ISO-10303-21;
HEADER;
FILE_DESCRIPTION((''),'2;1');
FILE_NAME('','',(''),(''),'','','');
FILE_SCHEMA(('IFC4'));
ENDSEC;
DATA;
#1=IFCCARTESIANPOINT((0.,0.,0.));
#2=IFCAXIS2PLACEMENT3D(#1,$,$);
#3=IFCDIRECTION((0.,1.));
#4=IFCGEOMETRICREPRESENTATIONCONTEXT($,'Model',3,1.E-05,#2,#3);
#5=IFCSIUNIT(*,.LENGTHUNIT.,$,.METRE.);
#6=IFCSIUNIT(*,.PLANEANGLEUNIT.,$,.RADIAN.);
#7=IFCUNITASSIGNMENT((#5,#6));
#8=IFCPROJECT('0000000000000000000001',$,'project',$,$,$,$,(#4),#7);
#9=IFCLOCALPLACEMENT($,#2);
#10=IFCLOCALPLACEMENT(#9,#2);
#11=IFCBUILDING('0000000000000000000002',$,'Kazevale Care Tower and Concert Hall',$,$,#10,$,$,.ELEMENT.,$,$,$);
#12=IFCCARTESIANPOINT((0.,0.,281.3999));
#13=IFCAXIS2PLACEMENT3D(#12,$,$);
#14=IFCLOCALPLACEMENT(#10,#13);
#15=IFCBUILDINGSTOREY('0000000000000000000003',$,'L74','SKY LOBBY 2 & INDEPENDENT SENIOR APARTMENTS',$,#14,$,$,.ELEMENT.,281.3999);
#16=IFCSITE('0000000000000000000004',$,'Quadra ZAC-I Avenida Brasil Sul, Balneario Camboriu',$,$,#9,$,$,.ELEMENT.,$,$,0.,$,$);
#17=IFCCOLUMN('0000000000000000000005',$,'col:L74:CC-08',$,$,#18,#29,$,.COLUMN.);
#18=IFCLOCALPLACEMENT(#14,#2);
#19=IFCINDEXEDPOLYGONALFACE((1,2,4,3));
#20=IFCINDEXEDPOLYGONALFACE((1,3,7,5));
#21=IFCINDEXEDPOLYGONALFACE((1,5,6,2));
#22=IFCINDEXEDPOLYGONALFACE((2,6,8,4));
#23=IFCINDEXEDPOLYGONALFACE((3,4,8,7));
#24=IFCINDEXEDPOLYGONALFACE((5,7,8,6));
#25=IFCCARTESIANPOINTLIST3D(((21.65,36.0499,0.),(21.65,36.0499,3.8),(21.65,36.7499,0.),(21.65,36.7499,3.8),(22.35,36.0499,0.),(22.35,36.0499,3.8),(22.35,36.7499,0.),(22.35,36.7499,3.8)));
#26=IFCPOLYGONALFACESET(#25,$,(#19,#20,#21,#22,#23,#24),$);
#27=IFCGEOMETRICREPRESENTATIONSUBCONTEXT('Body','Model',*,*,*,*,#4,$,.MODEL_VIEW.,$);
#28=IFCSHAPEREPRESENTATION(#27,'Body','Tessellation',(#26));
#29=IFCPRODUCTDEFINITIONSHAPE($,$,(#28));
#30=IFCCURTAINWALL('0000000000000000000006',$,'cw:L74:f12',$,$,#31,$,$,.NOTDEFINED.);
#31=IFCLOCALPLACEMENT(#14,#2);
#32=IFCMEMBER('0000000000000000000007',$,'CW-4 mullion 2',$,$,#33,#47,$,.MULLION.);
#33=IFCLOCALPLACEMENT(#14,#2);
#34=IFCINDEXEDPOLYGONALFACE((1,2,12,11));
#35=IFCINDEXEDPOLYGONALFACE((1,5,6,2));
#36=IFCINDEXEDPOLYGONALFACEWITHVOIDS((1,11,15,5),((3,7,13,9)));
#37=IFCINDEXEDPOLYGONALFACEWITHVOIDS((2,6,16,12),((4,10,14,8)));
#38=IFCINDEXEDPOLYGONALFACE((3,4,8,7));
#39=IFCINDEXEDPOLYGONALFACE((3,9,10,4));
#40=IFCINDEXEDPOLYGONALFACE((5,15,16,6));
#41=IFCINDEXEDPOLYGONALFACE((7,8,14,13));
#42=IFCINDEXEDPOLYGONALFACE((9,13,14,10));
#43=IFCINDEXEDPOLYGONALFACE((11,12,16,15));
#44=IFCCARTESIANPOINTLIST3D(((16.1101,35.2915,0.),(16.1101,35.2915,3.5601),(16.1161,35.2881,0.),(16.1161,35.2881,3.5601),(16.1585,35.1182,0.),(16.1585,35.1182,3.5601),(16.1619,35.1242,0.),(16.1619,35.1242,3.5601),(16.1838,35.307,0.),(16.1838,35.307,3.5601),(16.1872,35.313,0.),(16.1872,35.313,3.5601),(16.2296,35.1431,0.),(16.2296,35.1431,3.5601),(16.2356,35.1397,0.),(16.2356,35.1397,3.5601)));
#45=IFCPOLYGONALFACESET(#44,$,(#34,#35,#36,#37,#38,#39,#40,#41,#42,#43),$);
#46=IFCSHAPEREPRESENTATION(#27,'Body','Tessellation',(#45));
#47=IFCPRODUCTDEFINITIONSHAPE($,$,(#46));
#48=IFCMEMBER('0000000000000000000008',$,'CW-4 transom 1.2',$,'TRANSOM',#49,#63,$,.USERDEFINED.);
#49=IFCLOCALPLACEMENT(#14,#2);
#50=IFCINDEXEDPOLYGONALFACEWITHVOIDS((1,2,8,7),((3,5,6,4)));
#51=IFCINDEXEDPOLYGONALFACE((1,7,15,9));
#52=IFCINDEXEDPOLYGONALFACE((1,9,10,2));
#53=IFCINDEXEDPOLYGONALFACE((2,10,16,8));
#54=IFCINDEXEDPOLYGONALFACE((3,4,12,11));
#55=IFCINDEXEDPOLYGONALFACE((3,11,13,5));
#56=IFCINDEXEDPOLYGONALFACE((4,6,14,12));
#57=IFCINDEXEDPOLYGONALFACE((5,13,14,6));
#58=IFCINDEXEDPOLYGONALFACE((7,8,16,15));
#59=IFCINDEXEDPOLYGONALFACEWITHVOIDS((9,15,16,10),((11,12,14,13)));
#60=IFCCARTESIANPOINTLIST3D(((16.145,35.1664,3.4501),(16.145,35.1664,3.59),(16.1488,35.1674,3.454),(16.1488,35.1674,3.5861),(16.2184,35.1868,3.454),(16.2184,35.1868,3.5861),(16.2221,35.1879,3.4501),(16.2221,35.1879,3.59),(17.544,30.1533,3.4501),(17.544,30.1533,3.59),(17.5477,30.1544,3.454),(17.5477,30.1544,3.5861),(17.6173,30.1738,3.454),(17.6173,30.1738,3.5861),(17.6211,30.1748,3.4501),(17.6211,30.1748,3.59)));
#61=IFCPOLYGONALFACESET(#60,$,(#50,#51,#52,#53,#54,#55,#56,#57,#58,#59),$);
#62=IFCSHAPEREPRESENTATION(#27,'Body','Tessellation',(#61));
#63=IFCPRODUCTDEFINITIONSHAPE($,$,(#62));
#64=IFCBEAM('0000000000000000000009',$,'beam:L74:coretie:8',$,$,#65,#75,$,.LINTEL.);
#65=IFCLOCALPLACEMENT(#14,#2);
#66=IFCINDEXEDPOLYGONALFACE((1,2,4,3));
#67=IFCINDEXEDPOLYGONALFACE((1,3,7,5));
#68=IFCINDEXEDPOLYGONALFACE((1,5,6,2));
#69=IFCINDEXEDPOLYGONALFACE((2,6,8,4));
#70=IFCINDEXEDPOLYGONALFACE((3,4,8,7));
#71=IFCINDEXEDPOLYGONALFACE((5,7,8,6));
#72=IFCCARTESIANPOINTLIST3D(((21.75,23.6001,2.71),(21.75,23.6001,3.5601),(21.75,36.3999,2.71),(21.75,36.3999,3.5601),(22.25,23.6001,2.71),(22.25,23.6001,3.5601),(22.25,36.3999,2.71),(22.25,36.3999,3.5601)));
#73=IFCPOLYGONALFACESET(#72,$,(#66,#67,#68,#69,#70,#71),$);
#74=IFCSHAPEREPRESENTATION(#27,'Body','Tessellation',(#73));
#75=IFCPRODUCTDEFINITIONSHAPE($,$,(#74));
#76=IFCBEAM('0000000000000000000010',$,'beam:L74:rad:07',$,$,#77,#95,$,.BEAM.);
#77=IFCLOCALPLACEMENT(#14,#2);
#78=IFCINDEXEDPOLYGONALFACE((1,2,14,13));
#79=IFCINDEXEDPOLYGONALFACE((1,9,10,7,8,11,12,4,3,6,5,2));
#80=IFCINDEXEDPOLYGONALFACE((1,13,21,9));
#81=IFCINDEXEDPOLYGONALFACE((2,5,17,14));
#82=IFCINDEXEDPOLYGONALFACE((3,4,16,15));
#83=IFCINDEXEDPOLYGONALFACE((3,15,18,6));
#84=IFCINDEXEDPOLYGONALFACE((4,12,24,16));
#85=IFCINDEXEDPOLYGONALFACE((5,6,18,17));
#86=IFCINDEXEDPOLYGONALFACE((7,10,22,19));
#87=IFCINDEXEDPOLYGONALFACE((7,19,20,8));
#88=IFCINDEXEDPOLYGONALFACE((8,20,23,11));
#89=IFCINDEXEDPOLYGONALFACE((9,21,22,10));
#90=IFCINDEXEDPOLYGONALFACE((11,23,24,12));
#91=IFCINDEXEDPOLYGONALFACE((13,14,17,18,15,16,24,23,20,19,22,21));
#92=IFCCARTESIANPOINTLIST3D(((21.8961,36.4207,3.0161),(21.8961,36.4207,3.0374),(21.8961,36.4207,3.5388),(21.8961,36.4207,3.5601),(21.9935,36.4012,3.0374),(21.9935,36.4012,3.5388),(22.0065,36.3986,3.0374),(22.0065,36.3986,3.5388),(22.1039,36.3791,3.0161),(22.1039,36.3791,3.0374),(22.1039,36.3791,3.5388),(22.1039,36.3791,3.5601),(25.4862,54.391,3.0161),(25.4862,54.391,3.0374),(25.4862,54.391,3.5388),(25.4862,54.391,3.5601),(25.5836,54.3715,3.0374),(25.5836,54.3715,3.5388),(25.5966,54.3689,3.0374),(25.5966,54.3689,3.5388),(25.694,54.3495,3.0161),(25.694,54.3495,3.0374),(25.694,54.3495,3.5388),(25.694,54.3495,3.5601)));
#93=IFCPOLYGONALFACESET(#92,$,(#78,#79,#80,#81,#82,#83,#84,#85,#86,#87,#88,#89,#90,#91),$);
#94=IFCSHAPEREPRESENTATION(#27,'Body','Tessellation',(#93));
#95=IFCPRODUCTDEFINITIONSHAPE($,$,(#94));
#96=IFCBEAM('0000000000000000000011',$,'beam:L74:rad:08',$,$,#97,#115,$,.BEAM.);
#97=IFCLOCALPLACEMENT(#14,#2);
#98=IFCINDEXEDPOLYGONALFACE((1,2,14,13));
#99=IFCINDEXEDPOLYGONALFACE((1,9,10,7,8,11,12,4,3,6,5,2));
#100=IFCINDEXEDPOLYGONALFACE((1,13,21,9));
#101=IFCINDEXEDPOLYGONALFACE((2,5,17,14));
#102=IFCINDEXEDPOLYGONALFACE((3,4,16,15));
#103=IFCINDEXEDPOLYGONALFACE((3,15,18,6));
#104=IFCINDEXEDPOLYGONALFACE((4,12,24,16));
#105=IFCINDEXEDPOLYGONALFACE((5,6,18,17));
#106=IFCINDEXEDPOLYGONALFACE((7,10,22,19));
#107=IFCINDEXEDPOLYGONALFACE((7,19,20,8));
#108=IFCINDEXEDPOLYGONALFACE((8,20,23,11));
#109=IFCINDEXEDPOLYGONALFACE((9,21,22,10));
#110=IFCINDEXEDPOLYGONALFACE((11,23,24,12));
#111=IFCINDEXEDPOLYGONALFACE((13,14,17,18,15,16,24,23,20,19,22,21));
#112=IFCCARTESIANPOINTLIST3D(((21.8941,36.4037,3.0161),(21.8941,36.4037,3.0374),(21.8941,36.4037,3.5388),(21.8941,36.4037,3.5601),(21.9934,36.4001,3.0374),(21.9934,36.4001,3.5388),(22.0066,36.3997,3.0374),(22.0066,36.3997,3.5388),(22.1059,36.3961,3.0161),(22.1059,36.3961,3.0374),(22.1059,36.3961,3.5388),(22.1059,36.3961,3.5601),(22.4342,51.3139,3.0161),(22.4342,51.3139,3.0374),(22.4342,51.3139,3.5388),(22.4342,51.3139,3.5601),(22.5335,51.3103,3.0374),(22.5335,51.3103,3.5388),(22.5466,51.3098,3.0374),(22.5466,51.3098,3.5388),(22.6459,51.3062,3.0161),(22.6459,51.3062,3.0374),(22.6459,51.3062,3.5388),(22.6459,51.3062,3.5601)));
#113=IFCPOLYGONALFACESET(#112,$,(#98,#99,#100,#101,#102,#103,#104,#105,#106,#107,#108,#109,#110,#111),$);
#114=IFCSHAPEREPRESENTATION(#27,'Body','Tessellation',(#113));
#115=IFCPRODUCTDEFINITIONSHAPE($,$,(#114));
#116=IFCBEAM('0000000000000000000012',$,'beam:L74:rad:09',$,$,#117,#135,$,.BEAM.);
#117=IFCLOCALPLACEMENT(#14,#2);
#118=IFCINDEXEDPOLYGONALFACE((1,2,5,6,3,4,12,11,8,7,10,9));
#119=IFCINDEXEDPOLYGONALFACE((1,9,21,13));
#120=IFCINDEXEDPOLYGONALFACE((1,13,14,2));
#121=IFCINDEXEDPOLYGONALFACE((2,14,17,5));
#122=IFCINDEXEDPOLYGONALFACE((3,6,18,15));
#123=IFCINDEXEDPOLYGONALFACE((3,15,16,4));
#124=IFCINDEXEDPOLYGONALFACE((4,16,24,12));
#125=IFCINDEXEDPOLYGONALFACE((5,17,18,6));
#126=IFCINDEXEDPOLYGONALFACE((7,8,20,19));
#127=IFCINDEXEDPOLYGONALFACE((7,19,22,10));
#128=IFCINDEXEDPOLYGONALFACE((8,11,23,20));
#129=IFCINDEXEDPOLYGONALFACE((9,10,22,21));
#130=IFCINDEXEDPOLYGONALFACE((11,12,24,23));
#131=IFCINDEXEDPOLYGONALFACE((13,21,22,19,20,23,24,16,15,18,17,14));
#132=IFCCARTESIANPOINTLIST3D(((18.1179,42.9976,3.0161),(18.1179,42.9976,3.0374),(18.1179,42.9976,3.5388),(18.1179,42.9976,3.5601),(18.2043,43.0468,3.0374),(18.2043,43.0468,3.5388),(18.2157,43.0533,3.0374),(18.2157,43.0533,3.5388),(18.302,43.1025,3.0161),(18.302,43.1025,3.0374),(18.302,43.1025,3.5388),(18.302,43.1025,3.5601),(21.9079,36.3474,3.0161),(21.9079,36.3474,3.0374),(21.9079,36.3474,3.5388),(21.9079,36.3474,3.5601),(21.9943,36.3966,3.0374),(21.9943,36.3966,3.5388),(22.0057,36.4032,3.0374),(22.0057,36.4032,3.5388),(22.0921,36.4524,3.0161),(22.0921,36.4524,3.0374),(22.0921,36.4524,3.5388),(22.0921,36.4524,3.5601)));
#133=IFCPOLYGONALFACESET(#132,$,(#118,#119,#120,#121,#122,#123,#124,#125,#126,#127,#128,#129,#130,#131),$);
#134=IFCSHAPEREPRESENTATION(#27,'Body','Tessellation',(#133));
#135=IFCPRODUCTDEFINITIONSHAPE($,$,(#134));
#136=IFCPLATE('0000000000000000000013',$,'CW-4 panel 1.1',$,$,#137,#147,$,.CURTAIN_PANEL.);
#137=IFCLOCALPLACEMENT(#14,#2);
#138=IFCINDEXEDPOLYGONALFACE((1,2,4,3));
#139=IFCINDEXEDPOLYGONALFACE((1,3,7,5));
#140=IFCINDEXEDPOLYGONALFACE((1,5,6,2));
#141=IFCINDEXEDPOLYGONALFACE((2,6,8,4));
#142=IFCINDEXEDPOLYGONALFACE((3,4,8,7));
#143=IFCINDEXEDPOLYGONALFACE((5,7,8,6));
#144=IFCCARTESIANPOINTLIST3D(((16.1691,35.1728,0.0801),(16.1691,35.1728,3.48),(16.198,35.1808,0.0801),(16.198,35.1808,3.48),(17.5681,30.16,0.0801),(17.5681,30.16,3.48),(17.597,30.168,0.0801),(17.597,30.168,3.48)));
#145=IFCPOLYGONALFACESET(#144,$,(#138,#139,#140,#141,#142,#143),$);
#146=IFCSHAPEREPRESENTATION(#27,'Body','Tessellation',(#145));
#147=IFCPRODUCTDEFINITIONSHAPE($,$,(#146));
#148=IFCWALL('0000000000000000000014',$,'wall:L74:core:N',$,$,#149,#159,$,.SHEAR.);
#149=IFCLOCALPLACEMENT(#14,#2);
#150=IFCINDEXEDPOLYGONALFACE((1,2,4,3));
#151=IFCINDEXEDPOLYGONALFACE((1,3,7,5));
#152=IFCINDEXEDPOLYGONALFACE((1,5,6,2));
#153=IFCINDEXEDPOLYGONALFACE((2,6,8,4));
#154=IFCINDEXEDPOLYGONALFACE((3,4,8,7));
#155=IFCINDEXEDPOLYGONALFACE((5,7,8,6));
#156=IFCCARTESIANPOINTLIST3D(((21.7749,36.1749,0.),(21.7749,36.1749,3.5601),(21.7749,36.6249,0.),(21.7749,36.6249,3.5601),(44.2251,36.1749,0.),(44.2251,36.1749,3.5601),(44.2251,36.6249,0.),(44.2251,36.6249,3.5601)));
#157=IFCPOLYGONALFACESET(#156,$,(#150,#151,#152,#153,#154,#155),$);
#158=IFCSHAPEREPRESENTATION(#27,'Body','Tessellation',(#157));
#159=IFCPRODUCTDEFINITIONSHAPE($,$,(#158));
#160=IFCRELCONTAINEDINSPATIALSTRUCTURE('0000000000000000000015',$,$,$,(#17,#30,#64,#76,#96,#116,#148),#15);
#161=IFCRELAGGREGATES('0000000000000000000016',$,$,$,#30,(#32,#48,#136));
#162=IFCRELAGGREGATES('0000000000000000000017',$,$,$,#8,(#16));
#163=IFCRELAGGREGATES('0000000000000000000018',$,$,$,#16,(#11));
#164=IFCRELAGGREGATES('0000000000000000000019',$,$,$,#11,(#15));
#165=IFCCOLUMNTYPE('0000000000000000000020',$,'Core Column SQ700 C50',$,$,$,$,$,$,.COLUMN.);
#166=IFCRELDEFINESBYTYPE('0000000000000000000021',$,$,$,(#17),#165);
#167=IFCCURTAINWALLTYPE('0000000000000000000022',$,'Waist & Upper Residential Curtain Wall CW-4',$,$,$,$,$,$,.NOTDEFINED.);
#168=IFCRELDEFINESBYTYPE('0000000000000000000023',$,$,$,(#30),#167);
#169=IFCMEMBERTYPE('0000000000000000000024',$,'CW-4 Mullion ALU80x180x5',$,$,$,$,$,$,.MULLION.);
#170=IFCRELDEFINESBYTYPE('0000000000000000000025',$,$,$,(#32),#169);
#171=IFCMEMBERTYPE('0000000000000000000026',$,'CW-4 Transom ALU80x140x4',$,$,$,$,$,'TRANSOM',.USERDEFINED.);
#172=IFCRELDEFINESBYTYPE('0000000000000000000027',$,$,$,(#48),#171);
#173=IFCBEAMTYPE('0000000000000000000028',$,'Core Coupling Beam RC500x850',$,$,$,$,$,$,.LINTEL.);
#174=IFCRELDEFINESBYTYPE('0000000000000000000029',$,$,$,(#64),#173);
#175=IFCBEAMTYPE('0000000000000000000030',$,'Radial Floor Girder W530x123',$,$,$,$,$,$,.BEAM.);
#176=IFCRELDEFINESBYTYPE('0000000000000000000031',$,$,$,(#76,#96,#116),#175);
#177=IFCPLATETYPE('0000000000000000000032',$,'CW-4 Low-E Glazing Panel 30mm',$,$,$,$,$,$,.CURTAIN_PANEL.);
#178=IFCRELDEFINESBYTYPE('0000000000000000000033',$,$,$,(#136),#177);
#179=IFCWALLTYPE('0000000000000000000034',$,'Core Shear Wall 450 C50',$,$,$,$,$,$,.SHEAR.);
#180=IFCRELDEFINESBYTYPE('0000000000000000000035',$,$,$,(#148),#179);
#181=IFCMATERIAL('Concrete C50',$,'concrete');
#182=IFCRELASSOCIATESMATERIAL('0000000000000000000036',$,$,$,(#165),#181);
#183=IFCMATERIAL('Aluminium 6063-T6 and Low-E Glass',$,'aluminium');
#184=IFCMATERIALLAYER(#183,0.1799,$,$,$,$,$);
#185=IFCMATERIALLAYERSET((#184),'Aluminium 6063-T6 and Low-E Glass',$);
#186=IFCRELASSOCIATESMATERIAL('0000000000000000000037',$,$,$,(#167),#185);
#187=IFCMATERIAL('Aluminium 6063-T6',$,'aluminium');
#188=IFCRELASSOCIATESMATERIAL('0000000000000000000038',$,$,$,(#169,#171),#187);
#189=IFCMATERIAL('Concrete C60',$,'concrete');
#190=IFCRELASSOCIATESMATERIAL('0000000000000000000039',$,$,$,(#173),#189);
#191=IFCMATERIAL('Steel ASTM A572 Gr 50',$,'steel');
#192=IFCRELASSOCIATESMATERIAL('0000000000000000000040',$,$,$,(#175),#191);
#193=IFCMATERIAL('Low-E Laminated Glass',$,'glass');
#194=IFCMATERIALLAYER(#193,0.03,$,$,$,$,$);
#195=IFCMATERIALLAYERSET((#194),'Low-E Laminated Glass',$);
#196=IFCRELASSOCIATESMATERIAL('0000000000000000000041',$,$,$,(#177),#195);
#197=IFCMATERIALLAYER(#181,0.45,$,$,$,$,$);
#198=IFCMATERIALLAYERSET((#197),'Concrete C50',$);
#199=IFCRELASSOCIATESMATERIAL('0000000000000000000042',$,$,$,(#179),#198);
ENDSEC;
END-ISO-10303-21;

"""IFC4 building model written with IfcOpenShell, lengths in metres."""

from ifc_helpers import new_model, si_unit, direction, frame, frame_2d, origin, origin_2d, place, context, subcontext, project, spatial, rectangle, hollow_rectangle, i_section, extrude, material, layer, layer_set, material_profile, profile_set, type_object, element, aggregate, save


model = new_model("IFC4")

# Units and contexts
model_context = context("Model", 3, precision=1e-05, world=origin(), true_north=direction((0.0, 1.0)))
body_context = subcontext(model_context, "Body", "Model", "MODEL_VIEW")
ifc_project = project(units=[si_unit("LENGTHUNIT", "METRE"), si_unit("PLANEANGLEUNIT", "RADIAN")], contexts=[model_context])

# Site, building, storey
site_placement = place(None, origin())
site = spatial("IfcSite", under=ifc_project, at=site_placement, Name="Quadra ZAC-I Avenida Brasil Sul, Balneario Camboriu", CompositionType="ELEMENT", RefElevation=0.0)
building_placement = place(site_placement, origin())
building = spatial("IfcBuilding", under=site, at=building_placement, Name="Kazevale Care Tower and Concert Hall", CompositionType="ELEMENT")
storey_placement = place(building_placement, frame((0.0, 0.0, 281.3999)))
storey = spatial("IfcBuildingStorey", under=building, at=storey_placement, Name="L74", Description="SKY LOBBY 2 & INDEPENDENT SENIOR APARTMENTS", CompositionType="ELEMENT", Elevation=281.3999)

# Column
ifc_material_1 = material(Name="Concrete C50", Category="concrete")
ifc_material_profile_1 = material_profile(ifc_material_1, rectangle(XDim=0.7, YDim=0.7, at=origin_2d()), Name="RC-SQ700")
ifc_profile_set_1 = profile_set([ifc_material_profile_1], Name="Concrete C50")
column_type = type_object("IfcColumnType", Name="Core Column SQ700 C50", PredefinedType="COLUMN", material=ifc_profile_set_1)
column_placement = place(storey_placement, frame((22.0, 36.3999, 0.0), z_axis=(0.0, 0.0, 1.0), x_axis=(1.0, 0.0, 0.0)))
element("IfcColumn", 1, at=column_placement, inside=storey, type_object=column_type, Name="col:L74:CC-08", PredefinedType="COLUMN", context=body_context, shape_type="SweptSolid", body=[
    extrude(rectangle(XDim=0.7, YDim=0.7, at=origin_2d()), origin(), (0.0, 0.0, 1.0), 3.8),
])

# Curtain wall, members
ifc_material_2 = material(Name="Aluminium 6063-T6 and Low-E Glass", Category="aluminium")
ifc_layer_1 = layer(ifc_material_2, 0.1799)
ifc_layer_set_1 = layer_set([ifc_layer_1], Name="Aluminium 6063-T6 and Low-E Glass")
curtain_wall_type = type_object("IfcCurtainWallType", Name="Waist & Upper Residential Curtain Wall CW-4", PredefinedType="NOTDEFINED", material=ifc_layer_set_1)
curtain_wall_placement = place(storey_placement, origin())
curtain_wall = element("IfcCurtainWall", 2, at=curtain_wall_placement, inside=storey, type_object=curtain_wall_type, Name="cw:L74:f12", PredefinedType="NOTDEFINED")
ifc_material_3 = material(Name="Aluminium 6063-T6", Category="aluminium")
ifc_material_profile_2 = material_profile(ifc_material_3, hollow_rectangle(XDim=0.0801, YDim=0.1799, WallThickness=0.0049, at=origin_2d()), Name="ALU80x180x5")
ifc_profile_set_2 = profile_set([ifc_material_profile_2], Name="Aluminium 6063-T6")
member_type_1 = type_object("IfcMemberType", Name="CW-4 Mullion ALU80x180x5", PredefinedType="MULLION", material=ifc_profile_set_2)
member_1_placement = place(storey_placement, frame((16.1729, 35.2156, 0.0), z_axis=(0.0, 0.0, 1.0), x_axis=(-0.963194, -0.268807, 0.0)))
member_1 = element("IfcMember", 3, at=member_1_placement, type_object=member_type_1, Name="CW-4 mullion 2", PredefinedType="MULLION", context=body_context, shape_type="SweptSolid", body=[
    extrude(hollow_rectangle(XDim=0.0801, YDim=0.1799, WallThickness=0.0049, at=origin_2d()), origin(), (0.0, 0.0, 1.0), 3.5601),
])
ifc_material_profile_3 = material_profile(ifc_material_3, hollow_rectangle(XDim=0.0801, YDim=0.1399, WallThickness=0.0039, at=origin_2d()), Name="ALU80x140x4")
ifc_profile_set_3 = profile_set([ifc_material_profile_3], Name="Aluminium 6063-T6")
member_type_2 = type_object("IfcMemberType", Name="CW-4 Transom ALU80x140x4", ElementType="TRANSOM", PredefinedType="USERDEFINED", material=ifc_profile_set_3)
member_2_placement = place(storey_placement, frame((17.5825, 30.1641, 3.52), z_axis=(-0.268793, 0.963198, 0.0), x_axis=(-0.963198, -0.268793, 0.0)))
member_2 = element("IfcMember", 4, at=member_2_placement, type_object=member_type_2, Name="CW-4 transom 1.2", ObjectType="TRANSOM", PredefinedType="USERDEFINED", context=body_context, shape_type="SweptSolid", body=[
    extrude(hollow_rectangle(XDim=0.0801, YDim=0.1399, WallThickness=0.0039, at=origin_2d()), origin(), (0.0, 0.0, 1.0), 5.2046),
])

# Beams
ifc_material_4 = material(Name="Concrete C60", Category="concrete")
ifc_material_profile_4 = material_profile(ifc_material_4, rectangle(XDim=0.5, YDim=0.8501, at=origin_2d()), Name="RC-B500x850")
ifc_profile_set_4 = profile_set([ifc_material_profile_4], Name="Concrete C60")
beam_type_1 = type_object("IfcBeamType", Name="Core Coupling Beam RC500x850", PredefinedType="LINTEL", material=ifc_profile_set_4)
beam_1_placement = place(storey_placement, frame((22.0, 36.3999, 3.135), z_axis=(0.0, -1.0, 0.0), x_axis=(1.0, 0.0, 0.0)))
element("IfcBeam", 5, at=beam_1_placement, inside=storey, type_object=beam_type_1, Name="beam:L74:coretie:8", PredefinedType="LINTEL", context=body_context, shape_type="SweptSolid", body=[
    extrude(rectangle(XDim=0.5, YDim=0.8501, at=origin_2d()), origin(), (0.0, 0.0, 1.0), 12.7998),
])
ifc_material_5 = material(Name="Steel ASTM A572 Gr 50", Category="steel")
ifc_material_profile_5 = material_profile(ifc_material_5, i_section(OverallWidth=0.2119, OverallDepth=0.5439, WebThickness=0.0132, FlangeThickness=0.0212, at=origin_2d()), Name="W530x123")
ifc_profile_set_5 = profile_set([ifc_material_profile_5], Name="Steel ASTM A572 Gr 50")
beam_type_2 = type_object("IfcBeamType", Name="Radial Floor Girder W530x123", PredefinedType="BEAM", material=ifc_profile_set_5)
beam_2_placement = place(storey_placement, frame((22.0, 36.3999, 3.2881), z_axis=(0.195909, 0.980622, 0.0), x_axis=(-0.980622, 0.195909, 0.0)))
element("IfcBeam", 6, at=beam_2_placement, inside=storey, type_object=beam_type_2, Name="beam:L74:rad:07", PredefinedType="BEAM", context=body_context, shape_type="SweptSolid", body=[
    extrude(i_section(OverallWidth=0.2119, OverallDepth=0.5439, WebThickness=0.0132, FlangeThickness=0.0212, at=origin_2d()), origin(), (0.0, 0.0, 1.0), 18.3254),
])
beam_3_placement = place(storey_placement, frame((22.0, 36.3999, 3.2881), z_axis=(0.036196, 0.999345, 0.0), x_axis=(-0.999345, 0.036196, 0.0)))
element("IfcBeam", 7, at=beam_3_placement, inside=storey, type_object=beam_type_2, Name="beam:L74:rad:08", PredefinedType="BEAM", context=body_context, shape_type="SweptSolid", body=[
    extrude(i_section(OverallWidth=0.2119, OverallDepth=0.5439, WebThickness=0.0132, FlangeThickness=0.0212, at=origin_2d()), origin(), (0.0, 0.0, 1.0), 14.9199),
])
beam_4_placement = place(storey_placement, frame((22.0, 36.3999, 3.2881), z_axis=(-0.495149, 0.868808, 0.0), x_axis=(-0.868808, -0.495149, 0.0)))
element("IfcBeam", 8, at=beam_4_placement, inside=storey, type_object=beam_type_2, Name="beam:L74:rad:09", PredefinedType="BEAM", context=body_context, shape_type="SweptSolid", body=[
    extrude(i_section(OverallWidth=0.2119, OverallDepth=0.5439, WebThickness=0.0132, FlangeThickness=0.0212, at=origin_2d()), origin(), (0.0, 0.0, 1.0), 7.6543),
])

# Plate
ifc_material_6 = material(Name="Low-E Laminated Glass", Category="glass")
ifc_layer_2 = layer(ifc_material_6, 0.03)
ifc_layer_set_2 = layer_set([ifc_layer_2], Name="Low-E Laminated Glass")
plate_type = type_object("IfcPlateType", Name="CW-4 Low-E Glazing Panel 30mm", PredefinedType="CURTAIN_PANEL", material=ifc_layer_set_2)
plate_placement = place(storey_placement, frame((16.8831, 32.6704, 0.0801), z_axis=(0.0, 0.0, 1.0), x_axis=(-0.268807, 0.963194, 0.0)))
plate = element("IfcPlate", 9, at=plate_placement, type_object=plate_type, Name="CW-4 panel 1.1", PredefinedType="CURTAIN_PANEL", context=body_context, shape_type="SweptSolid", body=[
    extrude(rectangle(XDim=5.2043, YDim=0.03, at=origin_2d()), origin(), (0.0, 0.0, 1.0), 3.3999),
])
aggregate(curtain_wall, [member_1, member_2, plate])

# Wall
ifc_layer_3 = layer(ifc_material_1, 0.45)
ifc_layer_set_3 = layer_set([ifc_layer_3], Name="Concrete C50")
wall_type_1 = type_object("IfcWallType", Name="Core Shear Wall 450 C50", PredefinedType="SHEAR", material=ifc_layer_set_3)
wall_1_placement = place(storey_placement, frame((21.7749, 36.3999, 0.0), z_axis=(0.0, 0.0, 1.0), x_axis=(1.0, 0.0, 0.0)))
element("IfcWall", 10, at=wall_1_placement, inside=storey, type_object=wall_type_1, Name="wall:L74:core:N", PredefinedType="SHEAR", context=body_context, shape_type="SweptSolid", body=[
    extrude(rectangle(XDim=22.4502, YDim=0.45, at=frame_2d((11.2251, 0.0))), origin(), (0.0, 0.0, 1.0), 3.5601),
])

save(model, "model.ifc")
